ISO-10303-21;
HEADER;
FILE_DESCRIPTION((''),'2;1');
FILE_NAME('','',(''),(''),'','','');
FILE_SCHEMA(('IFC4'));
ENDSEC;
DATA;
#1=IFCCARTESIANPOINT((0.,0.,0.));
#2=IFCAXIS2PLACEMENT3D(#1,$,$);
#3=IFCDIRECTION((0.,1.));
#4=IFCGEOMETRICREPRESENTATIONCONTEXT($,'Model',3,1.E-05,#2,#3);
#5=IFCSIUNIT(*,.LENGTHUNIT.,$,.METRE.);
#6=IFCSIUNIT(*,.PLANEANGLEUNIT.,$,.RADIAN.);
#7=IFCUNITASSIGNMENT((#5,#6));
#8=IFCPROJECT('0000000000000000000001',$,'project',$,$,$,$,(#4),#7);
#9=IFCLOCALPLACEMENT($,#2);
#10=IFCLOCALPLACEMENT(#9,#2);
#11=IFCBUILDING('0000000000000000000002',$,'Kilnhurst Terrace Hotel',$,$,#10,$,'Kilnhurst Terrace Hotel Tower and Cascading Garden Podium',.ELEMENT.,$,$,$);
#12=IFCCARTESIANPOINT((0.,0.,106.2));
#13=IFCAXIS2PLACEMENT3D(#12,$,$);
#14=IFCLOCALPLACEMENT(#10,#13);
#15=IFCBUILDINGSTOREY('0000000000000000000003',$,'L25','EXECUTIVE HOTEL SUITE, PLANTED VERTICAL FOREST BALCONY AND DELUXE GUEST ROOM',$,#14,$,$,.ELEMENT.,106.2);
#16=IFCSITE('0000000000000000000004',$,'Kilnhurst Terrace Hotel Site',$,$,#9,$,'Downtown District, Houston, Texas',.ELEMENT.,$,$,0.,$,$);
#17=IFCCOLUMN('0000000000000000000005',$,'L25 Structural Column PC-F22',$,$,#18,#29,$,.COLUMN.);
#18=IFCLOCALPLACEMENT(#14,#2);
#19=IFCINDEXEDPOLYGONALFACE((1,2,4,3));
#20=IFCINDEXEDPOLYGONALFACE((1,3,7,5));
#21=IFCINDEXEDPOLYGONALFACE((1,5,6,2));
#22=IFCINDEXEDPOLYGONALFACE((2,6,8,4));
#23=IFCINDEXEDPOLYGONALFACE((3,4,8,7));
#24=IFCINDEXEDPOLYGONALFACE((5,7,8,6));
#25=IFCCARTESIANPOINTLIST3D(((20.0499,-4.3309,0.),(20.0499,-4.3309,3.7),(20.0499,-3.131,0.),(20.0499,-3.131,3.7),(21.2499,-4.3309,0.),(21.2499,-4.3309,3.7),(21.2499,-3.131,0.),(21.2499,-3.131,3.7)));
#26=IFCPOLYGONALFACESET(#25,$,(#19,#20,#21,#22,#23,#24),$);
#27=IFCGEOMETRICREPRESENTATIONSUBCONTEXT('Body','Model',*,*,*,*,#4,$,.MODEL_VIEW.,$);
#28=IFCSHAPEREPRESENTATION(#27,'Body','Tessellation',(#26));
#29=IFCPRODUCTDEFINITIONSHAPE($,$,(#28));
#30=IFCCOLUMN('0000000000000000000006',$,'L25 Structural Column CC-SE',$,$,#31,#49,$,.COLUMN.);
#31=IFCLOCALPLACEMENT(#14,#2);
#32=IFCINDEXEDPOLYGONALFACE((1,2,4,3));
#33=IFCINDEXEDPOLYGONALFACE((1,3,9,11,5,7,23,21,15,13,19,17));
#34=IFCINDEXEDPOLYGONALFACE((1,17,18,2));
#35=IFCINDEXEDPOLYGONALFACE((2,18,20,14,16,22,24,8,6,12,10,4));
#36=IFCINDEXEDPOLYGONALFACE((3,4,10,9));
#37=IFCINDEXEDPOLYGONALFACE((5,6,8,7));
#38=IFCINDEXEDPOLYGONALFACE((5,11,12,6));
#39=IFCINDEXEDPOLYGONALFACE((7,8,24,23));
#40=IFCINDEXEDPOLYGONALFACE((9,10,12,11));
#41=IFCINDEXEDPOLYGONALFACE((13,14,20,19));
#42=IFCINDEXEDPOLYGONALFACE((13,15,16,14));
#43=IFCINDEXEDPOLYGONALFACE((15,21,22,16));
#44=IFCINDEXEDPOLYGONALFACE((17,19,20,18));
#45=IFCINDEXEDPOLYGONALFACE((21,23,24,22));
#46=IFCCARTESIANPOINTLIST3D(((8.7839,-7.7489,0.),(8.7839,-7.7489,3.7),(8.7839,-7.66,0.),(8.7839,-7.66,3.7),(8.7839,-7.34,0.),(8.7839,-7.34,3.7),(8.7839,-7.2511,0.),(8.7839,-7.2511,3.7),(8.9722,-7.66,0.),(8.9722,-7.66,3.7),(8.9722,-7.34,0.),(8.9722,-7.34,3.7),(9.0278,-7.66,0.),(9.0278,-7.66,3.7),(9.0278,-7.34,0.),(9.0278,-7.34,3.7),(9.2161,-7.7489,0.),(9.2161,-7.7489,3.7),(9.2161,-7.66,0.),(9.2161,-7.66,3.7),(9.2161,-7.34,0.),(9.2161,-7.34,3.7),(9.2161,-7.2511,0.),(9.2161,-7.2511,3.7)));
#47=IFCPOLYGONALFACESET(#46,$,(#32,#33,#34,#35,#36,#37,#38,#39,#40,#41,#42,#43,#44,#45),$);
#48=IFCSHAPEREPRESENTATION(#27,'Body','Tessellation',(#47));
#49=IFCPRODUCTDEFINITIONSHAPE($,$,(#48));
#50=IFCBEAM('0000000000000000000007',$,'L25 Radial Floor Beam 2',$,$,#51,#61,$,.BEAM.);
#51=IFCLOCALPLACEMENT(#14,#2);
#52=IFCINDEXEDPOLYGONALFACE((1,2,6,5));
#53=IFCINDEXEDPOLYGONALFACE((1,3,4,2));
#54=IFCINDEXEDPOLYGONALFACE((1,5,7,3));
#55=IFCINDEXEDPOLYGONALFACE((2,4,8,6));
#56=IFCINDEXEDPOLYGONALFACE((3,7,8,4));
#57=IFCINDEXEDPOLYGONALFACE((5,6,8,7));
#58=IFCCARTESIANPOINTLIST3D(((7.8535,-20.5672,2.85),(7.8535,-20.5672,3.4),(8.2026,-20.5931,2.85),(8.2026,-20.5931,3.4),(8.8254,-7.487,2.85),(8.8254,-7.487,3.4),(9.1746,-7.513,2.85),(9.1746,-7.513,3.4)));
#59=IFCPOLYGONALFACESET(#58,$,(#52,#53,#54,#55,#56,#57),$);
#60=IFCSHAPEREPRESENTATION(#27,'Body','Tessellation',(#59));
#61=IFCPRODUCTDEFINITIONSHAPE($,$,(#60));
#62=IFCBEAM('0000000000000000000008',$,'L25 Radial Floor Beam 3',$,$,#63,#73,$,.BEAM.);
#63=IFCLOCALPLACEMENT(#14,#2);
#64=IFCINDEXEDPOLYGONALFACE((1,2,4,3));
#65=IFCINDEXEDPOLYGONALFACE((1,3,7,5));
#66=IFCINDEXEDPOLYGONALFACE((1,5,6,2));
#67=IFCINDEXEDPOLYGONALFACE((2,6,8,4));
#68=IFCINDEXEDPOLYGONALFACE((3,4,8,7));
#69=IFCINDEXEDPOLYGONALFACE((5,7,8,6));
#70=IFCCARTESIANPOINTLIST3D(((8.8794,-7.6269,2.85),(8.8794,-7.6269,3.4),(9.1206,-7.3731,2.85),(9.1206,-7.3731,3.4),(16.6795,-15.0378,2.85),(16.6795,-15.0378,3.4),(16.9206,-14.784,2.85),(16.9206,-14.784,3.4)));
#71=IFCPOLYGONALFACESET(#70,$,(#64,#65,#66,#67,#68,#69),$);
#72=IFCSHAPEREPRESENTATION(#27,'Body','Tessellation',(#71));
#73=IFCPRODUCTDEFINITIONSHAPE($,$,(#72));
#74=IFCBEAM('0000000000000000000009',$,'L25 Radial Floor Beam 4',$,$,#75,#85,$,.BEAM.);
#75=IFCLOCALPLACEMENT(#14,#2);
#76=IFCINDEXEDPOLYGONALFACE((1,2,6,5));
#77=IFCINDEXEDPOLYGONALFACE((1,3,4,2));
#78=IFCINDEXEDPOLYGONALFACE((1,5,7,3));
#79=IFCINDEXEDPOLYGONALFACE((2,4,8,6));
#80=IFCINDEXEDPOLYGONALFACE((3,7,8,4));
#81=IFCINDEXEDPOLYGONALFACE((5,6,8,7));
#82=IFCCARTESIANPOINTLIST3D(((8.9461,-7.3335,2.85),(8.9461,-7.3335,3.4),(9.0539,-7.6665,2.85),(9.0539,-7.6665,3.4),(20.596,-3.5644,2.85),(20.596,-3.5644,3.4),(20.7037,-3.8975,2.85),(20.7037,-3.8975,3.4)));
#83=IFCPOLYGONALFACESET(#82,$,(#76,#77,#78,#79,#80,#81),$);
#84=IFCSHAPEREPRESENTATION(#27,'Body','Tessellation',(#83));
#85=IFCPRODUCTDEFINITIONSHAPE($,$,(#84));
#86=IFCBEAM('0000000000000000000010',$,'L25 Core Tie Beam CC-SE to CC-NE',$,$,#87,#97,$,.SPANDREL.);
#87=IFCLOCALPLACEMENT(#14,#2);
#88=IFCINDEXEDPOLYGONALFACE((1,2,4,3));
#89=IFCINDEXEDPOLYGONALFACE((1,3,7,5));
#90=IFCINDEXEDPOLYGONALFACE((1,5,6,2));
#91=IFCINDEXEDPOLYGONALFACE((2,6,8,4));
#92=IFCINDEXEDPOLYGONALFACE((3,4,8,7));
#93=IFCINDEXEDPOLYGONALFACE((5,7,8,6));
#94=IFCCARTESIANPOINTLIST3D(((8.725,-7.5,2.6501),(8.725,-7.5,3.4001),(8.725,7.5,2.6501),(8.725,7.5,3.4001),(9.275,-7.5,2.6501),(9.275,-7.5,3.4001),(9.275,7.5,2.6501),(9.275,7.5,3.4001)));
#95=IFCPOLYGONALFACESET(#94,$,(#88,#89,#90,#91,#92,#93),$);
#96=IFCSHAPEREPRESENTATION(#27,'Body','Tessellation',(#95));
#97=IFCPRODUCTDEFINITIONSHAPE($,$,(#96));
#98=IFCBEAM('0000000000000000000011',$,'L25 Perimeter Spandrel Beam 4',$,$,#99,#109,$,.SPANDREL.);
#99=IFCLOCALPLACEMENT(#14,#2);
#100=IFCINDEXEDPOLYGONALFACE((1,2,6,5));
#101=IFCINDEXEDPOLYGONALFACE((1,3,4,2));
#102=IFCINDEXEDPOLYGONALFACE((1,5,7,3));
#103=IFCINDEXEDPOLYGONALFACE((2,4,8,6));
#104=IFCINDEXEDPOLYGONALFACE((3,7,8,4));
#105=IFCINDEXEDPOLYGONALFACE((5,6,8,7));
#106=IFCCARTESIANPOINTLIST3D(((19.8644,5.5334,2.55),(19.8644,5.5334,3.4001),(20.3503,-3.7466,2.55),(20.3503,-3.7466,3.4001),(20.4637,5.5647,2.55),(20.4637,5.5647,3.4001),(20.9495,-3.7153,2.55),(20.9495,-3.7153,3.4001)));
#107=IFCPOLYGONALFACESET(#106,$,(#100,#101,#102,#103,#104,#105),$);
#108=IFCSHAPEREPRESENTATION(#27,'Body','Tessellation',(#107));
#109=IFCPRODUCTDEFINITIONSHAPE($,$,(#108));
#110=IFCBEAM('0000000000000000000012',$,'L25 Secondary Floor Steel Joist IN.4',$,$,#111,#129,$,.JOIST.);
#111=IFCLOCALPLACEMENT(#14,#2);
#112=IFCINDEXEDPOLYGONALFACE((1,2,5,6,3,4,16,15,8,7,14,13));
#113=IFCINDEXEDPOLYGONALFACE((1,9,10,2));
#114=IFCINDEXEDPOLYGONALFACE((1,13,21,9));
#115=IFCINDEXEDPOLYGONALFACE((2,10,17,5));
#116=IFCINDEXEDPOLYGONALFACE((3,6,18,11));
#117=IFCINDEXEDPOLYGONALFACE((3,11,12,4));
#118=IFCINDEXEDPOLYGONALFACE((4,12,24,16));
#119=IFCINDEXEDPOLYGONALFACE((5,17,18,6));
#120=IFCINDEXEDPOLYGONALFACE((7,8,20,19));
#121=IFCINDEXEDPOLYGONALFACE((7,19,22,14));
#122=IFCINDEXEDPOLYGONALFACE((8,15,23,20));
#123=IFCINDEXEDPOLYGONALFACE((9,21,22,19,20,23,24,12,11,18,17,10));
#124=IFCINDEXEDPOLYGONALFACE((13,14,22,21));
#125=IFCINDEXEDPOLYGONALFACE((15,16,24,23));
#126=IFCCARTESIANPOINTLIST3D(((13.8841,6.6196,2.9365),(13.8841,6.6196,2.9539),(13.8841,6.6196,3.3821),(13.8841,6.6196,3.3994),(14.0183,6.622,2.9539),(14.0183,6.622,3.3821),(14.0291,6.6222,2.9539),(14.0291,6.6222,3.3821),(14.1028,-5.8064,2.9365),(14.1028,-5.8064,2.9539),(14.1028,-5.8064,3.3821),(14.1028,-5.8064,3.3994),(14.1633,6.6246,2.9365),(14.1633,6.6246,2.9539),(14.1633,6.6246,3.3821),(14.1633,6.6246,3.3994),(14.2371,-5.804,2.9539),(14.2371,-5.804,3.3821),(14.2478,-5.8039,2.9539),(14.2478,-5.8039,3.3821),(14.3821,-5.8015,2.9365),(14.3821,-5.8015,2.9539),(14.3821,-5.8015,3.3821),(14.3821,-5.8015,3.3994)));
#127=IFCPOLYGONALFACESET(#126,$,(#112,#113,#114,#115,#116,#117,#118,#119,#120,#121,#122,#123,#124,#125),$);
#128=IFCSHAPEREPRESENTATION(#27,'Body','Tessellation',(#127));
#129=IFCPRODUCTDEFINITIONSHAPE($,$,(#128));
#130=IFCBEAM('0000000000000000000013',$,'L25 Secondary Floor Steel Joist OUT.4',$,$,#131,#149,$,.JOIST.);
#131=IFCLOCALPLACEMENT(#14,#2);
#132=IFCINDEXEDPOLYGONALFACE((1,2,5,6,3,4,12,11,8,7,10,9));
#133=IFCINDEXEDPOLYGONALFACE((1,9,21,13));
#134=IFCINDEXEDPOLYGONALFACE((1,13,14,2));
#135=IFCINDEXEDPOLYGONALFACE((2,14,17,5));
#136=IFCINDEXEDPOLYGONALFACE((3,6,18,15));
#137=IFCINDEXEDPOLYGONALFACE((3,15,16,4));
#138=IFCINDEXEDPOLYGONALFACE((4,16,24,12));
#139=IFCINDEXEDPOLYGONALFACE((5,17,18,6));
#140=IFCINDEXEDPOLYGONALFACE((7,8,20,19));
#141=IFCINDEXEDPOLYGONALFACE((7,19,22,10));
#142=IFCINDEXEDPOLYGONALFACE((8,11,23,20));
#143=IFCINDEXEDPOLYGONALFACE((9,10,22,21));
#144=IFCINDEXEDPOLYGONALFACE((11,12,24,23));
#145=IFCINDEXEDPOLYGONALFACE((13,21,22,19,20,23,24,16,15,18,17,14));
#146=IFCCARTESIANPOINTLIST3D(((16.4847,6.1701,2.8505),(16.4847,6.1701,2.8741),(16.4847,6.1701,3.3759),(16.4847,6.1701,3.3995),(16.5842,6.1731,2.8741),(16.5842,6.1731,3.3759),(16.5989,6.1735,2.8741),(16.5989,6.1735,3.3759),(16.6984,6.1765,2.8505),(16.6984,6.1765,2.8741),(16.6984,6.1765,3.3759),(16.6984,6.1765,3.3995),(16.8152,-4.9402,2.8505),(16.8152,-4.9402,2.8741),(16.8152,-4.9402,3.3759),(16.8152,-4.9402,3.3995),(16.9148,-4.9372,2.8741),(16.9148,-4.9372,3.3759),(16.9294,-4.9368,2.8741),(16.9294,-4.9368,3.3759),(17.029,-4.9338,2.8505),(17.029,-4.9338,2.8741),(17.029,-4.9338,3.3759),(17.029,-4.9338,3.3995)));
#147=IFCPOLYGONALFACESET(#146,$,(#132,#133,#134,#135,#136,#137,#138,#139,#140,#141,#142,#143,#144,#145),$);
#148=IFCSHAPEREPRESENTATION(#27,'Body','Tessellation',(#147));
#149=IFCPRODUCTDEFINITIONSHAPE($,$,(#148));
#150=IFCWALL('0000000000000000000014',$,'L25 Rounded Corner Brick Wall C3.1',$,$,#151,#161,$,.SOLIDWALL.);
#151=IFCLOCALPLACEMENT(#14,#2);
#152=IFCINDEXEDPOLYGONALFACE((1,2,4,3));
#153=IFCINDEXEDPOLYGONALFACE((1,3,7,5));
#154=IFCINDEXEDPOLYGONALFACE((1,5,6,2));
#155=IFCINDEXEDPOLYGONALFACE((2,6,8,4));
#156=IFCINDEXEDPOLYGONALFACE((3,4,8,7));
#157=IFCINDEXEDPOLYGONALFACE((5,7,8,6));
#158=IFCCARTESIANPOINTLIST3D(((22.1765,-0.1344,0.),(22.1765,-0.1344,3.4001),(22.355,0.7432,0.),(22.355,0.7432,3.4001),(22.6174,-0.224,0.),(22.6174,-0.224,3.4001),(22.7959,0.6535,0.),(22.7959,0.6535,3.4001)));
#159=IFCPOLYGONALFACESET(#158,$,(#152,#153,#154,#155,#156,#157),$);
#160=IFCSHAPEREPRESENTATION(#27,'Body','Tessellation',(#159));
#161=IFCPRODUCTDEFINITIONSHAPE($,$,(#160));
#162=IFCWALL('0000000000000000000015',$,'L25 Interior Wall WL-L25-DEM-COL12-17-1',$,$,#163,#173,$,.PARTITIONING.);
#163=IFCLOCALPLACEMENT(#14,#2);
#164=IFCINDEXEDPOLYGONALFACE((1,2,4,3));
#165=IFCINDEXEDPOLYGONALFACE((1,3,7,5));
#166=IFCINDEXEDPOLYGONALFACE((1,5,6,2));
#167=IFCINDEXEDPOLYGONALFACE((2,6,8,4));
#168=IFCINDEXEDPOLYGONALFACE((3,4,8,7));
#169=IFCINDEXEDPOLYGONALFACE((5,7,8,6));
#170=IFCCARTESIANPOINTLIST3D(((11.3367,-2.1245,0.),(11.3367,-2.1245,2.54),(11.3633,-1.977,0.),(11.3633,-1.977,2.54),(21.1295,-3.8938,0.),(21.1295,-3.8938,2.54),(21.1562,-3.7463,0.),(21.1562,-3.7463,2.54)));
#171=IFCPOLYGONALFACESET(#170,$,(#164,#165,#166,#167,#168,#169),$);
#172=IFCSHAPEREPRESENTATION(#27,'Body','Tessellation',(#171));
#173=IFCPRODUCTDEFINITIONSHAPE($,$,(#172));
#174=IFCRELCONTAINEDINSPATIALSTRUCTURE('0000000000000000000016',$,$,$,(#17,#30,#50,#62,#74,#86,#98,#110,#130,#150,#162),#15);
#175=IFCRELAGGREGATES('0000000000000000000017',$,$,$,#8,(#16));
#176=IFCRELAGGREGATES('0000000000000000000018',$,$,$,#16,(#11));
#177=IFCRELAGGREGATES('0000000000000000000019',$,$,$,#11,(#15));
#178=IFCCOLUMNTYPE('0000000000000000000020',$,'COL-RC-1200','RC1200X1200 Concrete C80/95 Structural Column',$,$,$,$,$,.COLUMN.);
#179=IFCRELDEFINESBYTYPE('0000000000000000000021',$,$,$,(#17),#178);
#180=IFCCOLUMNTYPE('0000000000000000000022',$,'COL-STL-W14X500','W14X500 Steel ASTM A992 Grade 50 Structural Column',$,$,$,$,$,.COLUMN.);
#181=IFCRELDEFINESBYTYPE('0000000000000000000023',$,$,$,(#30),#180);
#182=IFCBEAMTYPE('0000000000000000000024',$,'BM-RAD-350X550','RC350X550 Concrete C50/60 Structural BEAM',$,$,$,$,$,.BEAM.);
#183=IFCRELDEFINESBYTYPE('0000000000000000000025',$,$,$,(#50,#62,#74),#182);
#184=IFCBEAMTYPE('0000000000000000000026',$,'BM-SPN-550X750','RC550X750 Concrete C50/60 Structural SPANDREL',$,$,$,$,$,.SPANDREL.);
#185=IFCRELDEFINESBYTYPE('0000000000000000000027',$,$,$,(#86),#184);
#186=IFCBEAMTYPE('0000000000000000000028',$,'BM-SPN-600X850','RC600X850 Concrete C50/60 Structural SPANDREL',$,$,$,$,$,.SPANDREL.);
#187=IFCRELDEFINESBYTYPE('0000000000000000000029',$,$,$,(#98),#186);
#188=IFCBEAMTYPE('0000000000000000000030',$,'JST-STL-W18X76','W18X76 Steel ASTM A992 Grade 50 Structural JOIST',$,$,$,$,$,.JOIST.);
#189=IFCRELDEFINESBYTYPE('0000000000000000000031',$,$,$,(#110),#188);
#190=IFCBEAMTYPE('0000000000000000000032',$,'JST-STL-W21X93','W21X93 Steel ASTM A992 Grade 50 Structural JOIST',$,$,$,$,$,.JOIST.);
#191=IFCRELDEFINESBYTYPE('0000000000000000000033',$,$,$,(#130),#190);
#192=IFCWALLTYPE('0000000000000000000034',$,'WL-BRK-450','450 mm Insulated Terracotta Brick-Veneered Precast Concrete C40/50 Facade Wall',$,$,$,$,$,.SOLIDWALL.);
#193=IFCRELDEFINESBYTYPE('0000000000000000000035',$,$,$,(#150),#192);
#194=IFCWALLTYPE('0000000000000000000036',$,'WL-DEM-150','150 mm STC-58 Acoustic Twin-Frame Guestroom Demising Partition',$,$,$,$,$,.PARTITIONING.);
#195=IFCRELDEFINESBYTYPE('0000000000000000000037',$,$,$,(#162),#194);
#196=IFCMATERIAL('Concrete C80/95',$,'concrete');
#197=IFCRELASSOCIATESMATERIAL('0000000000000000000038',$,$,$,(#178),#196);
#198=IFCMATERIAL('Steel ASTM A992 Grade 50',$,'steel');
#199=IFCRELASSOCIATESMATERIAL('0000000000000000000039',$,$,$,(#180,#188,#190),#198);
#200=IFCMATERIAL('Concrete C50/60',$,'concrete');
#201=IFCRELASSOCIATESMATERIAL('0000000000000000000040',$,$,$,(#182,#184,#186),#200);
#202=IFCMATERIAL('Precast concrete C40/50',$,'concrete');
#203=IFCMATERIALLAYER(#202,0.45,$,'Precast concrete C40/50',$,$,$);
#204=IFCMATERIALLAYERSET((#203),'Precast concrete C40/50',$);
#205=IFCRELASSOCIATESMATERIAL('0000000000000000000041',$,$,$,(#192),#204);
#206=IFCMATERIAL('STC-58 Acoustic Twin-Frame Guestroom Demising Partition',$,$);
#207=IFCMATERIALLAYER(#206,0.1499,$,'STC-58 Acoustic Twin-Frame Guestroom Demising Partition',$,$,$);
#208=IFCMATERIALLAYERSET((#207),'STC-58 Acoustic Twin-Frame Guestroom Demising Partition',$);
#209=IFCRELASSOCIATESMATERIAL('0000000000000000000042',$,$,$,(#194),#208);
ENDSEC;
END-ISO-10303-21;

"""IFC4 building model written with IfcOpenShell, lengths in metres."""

from ifc_helpers import new_model, si_unit, direction, frame, frame_2d, origin, origin_2d, place, context, subcontext, project, spatial, rectangle, i_section, extrude, material, layer, layer_set, material_profile, profile_set, type_object, element, save


model = new_model("IFC4")

# Units and contexts
model_context = context("Model", 3, precision=1e-05, world=origin(), true_north=direction((0.0, 1.0)))
body_context = subcontext(model_context, "Body", "Model", "MODEL_VIEW")
ifc_project = project(units=[si_unit("LENGTHUNIT", "METRE"), si_unit("PLANEANGLEUNIT", "RADIAN")], contexts=[model_context])

# Site, building, storey
site_placement = place(None, origin())
site = spatial("IfcSite", under=ifc_project, at=site_placement, Name="Kilnhurst Terrace Hotel Site", LongName="Downtown District, Houston, Texas", CompositionType="ELEMENT", RefElevation=0.0)
building_placement = place(site_placement, origin())
building = spatial("IfcBuilding", under=site, at=building_placement, Name="Kilnhurst Terrace Hotel", LongName="Kilnhurst Terrace Hotel Tower and Cascading Garden Podium", CompositionType="ELEMENT")
storey_placement = place(building_placement, frame((0.0, 0.0, 106.2)))
storey = spatial("IfcBuildingStorey", under=building, at=storey_placement, Name="L25", Description="EXECUTIVE HOTEL SUITE, PLANTED VERTICAL FOREST BALCONY AND DELUXE GUEST ROOM", CompositionType="ELEMENT", Elevation=106.2)

# Columns
ifc_material_1 = material(Name="Concrete C80/95", Category="concrete")
ifc_material_profile_1 = material_profile(ifc_material_1, rectangle(XDim=1.2, YDim=1.2, at=origin_2d()), Name="RC1200X1200")
ifc_profile_set_1 = profile_set([ifc_material_profile_1], Name="Concrete C80/95")
column_type_1 = type_object("IfcColumnType", Name="COL-RC-1200", Description="RC1200X1200 Concrete C80/95 Structural Column", PredefinedType="COLUMN", material=ifc_profile_set_1)
column_1_placement = place(storey_placement, frame((20.6499, -3.731, 0.0), z_axis=(0.0, 0.0, 1.0), x_axis=(1.0, 0.0, 0.0)))
element("IfcColumn", 1, at=column_1_placement, inside=storey, type_object=column_type_1, Name="L25 Structural Column PC-F22", PredefinedType="COLUMN", context=body_context, shape_type="SweptSolid", body=[
    extrude(rectangle(XDim=1.2, YDim=1.2, at=origin_2d()), origin(), (0.0, 0.0, 1.0), 3.7),
])
ifc_material_2 = material(Name="Steel ASTM A992 Grade 50", Category="steel")
ifc_material_profile_2 = material_profile(ifc_material_2, i_section(OverallWidth=0.4321, OverallDepth=0.4978, WebThickness=0.0557, FlangeThickness=0.0889, at=origin_2d()), Name="W14X500")
ifc_profile_set_2 = profile_set([ifc_material_profile_2], Name="Steel ASTM A992 Grade 50")
column_type_2 = type_object("IfcColumnType", Name="COL-STL-W14X500", Description="W14X500 Steel ASTM A992 Grade 50 Structural Column", PredefinedType="COLUMN", material=ifc_profile_set_2)
column_2_placement = place(storey_placement, frame((9.0, -7.5, 0.0), z_axis=(0.0, 0.0, 1.0), x_axis=(1.0, 0.0, 0.0)))
element("IfcColumn", 2, at=column_2_placement, inside=storey, type_object=column_type_2, Name="L25 Structural Column CC-SE", PredefinedType="COLUMN", context=body_context, shape_type="SweptSolid", body=[
    extrude(i_section(OverallWidth=0.4321, OverallDepth=0.4978, WebThickness=0.0557, FlangeThickness=0.0889, at=origin_2d()), origin(), (0.0, 0.0, 1.0), 3.7),
])

# Beams
ifc_material_3 = material(Name="Concrete C50/60", Category="concrete")
ifc_material_profile_3 = material_profile(ifc_material_3, rectangle(XDim=0.3501, YDim=0.55, at=origin_2d()), Name="RC350X550")
ifc_profile_set_3 = profile_set([ifc_material_profile_3], Name="Concrete C50/60")
beam_type_1 = type_object("IfcBeamType", Name="BM-RAD-350X550", Description="RC350X550 Concrete C50/60 Structural BEAM", PredefinedType="BEAM", material=ifc_profile_set_3)
beam_1_placement = place(storey_placement, frame((9.0, -7.5, 3.125), z_axis=(-0.074101, -0.997251, 0.0), x_axis=(0.997251, -0.074101, 0.0)))
element("IfcBeam", 3, at=beam_1_placement, inside=storey, type_object=beam_type_1, Name="L25 Radial Floor Beam 2", PredefinedType="BEAM", context=body_context, shape_type="SweptSolid", body=[
    extrude(rectangle(XDim=0.3501, YDim=0.55, at=origin_2d()), origin(), (0.0, 0.0, 1.0), 13.1162),
])
beam_2_placement = place(storey_placement, frame((9.0, -7.5, 3.125), z_axis=(0.72496, -0.688791, 0.0), x_axis=(0.688791, 0.72496, 0.0)))
element("IfcBeam", 4, at=beam_2_placement, inside=storey, type_object=beam_type_1, Name="L25 Radial Floor Beam 3", PredefinedType="BEAM", context=body_context, shape_type="SweptSolid", body=[
    extrude(rectangle(XDim=0.3501, YDim=0.55, at=origin_2d()), origin(), (0.0, 0.0, 1.0), 10.7593),
])
beam_3_placement = place(storey_placement, frame((9.0, -7.5, 3.125), z_axis=(0.951446, 0.307817, 0.0), x_axis=(-0.307817, 0.951446, 0.0)))
element("IfcBeam", 5, at=beam_3_placement, inside=storey, type_object=beam_type_1, Name="L25 Radial Floor Beam 4", PredefinedType="BEAM", context=body_context, shape_type="SweptSolid", body=[
    extrude(rectangle(XDim=0.3501, YDim=0.55, at=origin_2d()), origin(), (0.0, 0.0, 1.0), 12.2444),
])
ifc_material_profile_4 = material_profile(ifc_material_3, rectangle(XDim=0.55, YDim=0.75, at=origin_2d()), Name="RC550X750")
ifc_profile_set_4 = profile_set([ifc_material_profile_4], Name="Concrete C50/60")
beam_type_2 = type_object("IfcBeamType", Name="BM-SPN-550X750", Description="RC550X750 Concrete C50/60 Structural SPANDREL", PredefinedType="SPANDREL", material=ifc_profile_set_4)
beam_4_placement = place(storey_placement, frame((9.0, -7.5, 3.0251), z_axis=(0.0, 1.0, 0.0), x_axis=(-1.0, 0.0, 0.0)))
element("IfcBeam", 6, at=beam_4_placement, inside=storey, type_object=beam_type_2, Name="L25 Core Tie Beam CC-SE to CC-NE", PredefinedType="SPANDREL", context=body_context, shape_type="SweptSolid", body=[
    extrude(rectangle(XDim=0.55, YDim=0.75, at=origin_2d()), origin(), (0.0, 0.0, 1.0), 15.0),
])
ifc_material_profile_5 = material_profile(ifc_material_3, rectangle(XDim=0.6001, YDim=0.8501, at=origin_2d()), Name="RC600X850")
ifc_profile_set_5 = profile_set([ifc_material_profile_5], Name="Concrete C50/60")
beam_type_3 = type_object("IfcBeamType", Name="BM-SPN-600X850", Description="RC600X850 Concrete C50/60 Structural SPANDREL", PredefinedType="SPANDREL", material=ifc_profile_set_5)
beam_5_placement = place(storey_placement, frame((20.6499, -3.731, 2.9751), z_axis=(-0.052282, 0.998632, 0.0), x_axis=(-0.998632, -0.052282, 0.0)))
element("IfcBeam", 7, at=beam_5_placement, inside=storey, type_object=beam_type_3, Name="L25 Perimeter Spandrel Beam 4", PredefinedType="SPANDREL", context=body_context, shape_type="SweptSolid", body=[
    extrude(rectangle(XDim=0.6001, YDim=0.8501, at=origin_2d()), origin(), (0.0, 0.0, 1.0), 9.2927),
])
ifc_material_profile_6 = material_profile(ifc_material_2, i_section(OverallWidth=0.2793, OverallDepth=0.4629, WebThickness=0.0107, FlangeThickness=0.0173, at=origin_2d()), Name="W18X76")
ifc_profile_set_6 = profile_set([ifc_material_profile_6], Name="Steel ASTM A992 Grade 50")
beam_type_4 = type_object("IfcBeamType", Name="JST-STL-W18X76", Description="W18X76 Steel ASTM A992 Grade 50 Structural JOIST", PredefinedType="JOIST", material=ifc_profile_set_6)
beam_6_placement = place(storey_placement, frame((14.2424, -5.804, 3.168), z_axis=(-0.017601, 0.999845, 0.0), x_axis=(-0.999845, -0.017601, 0.0)))
element("IfcBeam", 8, at=beam_6_placement, inside=storey, type_object=beam_type_4, Name="L25 Secondary Floor Steel Joist IN.4", PredefinedType="JOIST", context=body_context, shape_type="SweptSolid", body=[
    extrude(i_section(OverallWidth=0.2793, OverallDepth=0.4629, WebThickness=0.0107, FlangeThickness=0.0173, at=origin_2d()), origin(), (0.0, 0.0, 1.0), 12.428),
])
ifc_material_profile_7 = material_profile(ifc_material_2, i_section(OverallWidth=0.2139, OverallDepth=0.5491, WebThickness=0.0146, FlangeThickness=0.0237, at=origin_2d()), Name="W21X93")
ifc_profile_set_7 = profile_set([ifc_material_profile_7], Name="Steel ASTM A992 Grade 50")
beam_type_5 = type_object("IfcBeamType", Name="JST-STL-W21X93", Description="W21X93 Steel ASTM A992 Grade 50 Structural JOIST", PredefinedType="JOIST", material=ifc_profile_set_7)
beam_7_placement = place(storey_placement, frame((16.9221, -4.937, 3.125), z_axis=(-0.02974, 0.999558, 0.0), x_axis=(-0.999558, -0.02974, 0.0)))
element("IfcBeam", 9, at=beam_7_placement, inside=storey, type_object=beam_type_5, Name="L25 Secondary Floor Steel Joist OUT.4", PredefinedType="JOIST", context=body_context, shape_type="SweptSolid", body=[
    extrude(i_section(OverallWidth=0.2139, OverallDepth=0.5491, WebThickness=0.0146, FlangeThickness=0.0237, at=origin_2d()), origin(), (0.0, 0.0, 1.0), 11.1152),
])

# Wall
ifc_material_4 = material(Name="Precast concrete C40/50", Category="concrete")
ifc_layer_1 = layer(ifc_material_4, 0.45, Name="Precast concrete C40/50")
ifc_layer_set_1 = layer_set([ifc_layer_1], Name="Precast concrete C40/50")
wall_type_1 = type_object("IfcWallType", Name="WL-BRK-450", Description="450 mm Insulated Terracotta Brick-Veneered Precast Concrete C40/50 Facade Wall", PredefinedType="SOLIDWALL", material=ifc_layer_set_1)
wall_1_placement = place(storey_placement, frame((22.397, -0.1792, 0.0), z_axis=(0.0, 0.0, 1.0), x_axis=(0.199314, 0.979936, 0.0)))
element("IfcWall", 10, at=wall_1_placement, inside=storey, type_object=wall_type_1, Name="L25 Rounded Corner Brick Wall C3.1", PredefinedType="SOLIDWALL", context=body_context, shape_type="SweptSolid", body=[
    extrude(rectangle(XDim=0.8955, YDim=0.45, at=frame_2d((0.4478, 0.0))), origin(), (0.0, 0.0, 1.0), 3.4001),
])

# Wall
ifc_material_5 = material(Name="STC-58 Acoustic Twin-Frame Guestroom Demising Partition")
ifc_layer_2 = layer(ifc_material_5, 0.1499, Name="STC-58 Acoustic Twin-Frame Guestroom Demising Partition")
ifc_layer_set_2 = layer_set([ifc_layer_2], Name="STC-58 Acoustic Twin-Frame Guestroom Demising Partition")
wall_type_2 = type_object("IfcWallType", Name="WL-DEM-150", Description="150 mm STC-58 Acoustic Twin-Frame Guestroom Demising Partition", PredefinedType="PARTITIONING", material=ifc_layer_set_2)
wall_2_placement = place(storey_placement, frame((11.3501, -2.0508, 0.0), z_axis=(0.0, 0.0, 1.0), x_axis=(0.984068, -0.177791, 0.0)))
element("IfcWall", 11, at=wall_2_placement, inside=storey, type_object=wall_type_2, Name="L25 Interior Wall WL-L25-DEM-COL12-17-1", PredefinedType="PARTITIONING", context=body_context, shape_type="SweptSolid", body=[
    extrude(rectangle(XDim=9.9514, YDim=0.1499, at=frame_2d((4.9756, 0.0))), origin(), (0.0, 0.0, 1.0), 2.54),
])

save(model, "model.ifc")
